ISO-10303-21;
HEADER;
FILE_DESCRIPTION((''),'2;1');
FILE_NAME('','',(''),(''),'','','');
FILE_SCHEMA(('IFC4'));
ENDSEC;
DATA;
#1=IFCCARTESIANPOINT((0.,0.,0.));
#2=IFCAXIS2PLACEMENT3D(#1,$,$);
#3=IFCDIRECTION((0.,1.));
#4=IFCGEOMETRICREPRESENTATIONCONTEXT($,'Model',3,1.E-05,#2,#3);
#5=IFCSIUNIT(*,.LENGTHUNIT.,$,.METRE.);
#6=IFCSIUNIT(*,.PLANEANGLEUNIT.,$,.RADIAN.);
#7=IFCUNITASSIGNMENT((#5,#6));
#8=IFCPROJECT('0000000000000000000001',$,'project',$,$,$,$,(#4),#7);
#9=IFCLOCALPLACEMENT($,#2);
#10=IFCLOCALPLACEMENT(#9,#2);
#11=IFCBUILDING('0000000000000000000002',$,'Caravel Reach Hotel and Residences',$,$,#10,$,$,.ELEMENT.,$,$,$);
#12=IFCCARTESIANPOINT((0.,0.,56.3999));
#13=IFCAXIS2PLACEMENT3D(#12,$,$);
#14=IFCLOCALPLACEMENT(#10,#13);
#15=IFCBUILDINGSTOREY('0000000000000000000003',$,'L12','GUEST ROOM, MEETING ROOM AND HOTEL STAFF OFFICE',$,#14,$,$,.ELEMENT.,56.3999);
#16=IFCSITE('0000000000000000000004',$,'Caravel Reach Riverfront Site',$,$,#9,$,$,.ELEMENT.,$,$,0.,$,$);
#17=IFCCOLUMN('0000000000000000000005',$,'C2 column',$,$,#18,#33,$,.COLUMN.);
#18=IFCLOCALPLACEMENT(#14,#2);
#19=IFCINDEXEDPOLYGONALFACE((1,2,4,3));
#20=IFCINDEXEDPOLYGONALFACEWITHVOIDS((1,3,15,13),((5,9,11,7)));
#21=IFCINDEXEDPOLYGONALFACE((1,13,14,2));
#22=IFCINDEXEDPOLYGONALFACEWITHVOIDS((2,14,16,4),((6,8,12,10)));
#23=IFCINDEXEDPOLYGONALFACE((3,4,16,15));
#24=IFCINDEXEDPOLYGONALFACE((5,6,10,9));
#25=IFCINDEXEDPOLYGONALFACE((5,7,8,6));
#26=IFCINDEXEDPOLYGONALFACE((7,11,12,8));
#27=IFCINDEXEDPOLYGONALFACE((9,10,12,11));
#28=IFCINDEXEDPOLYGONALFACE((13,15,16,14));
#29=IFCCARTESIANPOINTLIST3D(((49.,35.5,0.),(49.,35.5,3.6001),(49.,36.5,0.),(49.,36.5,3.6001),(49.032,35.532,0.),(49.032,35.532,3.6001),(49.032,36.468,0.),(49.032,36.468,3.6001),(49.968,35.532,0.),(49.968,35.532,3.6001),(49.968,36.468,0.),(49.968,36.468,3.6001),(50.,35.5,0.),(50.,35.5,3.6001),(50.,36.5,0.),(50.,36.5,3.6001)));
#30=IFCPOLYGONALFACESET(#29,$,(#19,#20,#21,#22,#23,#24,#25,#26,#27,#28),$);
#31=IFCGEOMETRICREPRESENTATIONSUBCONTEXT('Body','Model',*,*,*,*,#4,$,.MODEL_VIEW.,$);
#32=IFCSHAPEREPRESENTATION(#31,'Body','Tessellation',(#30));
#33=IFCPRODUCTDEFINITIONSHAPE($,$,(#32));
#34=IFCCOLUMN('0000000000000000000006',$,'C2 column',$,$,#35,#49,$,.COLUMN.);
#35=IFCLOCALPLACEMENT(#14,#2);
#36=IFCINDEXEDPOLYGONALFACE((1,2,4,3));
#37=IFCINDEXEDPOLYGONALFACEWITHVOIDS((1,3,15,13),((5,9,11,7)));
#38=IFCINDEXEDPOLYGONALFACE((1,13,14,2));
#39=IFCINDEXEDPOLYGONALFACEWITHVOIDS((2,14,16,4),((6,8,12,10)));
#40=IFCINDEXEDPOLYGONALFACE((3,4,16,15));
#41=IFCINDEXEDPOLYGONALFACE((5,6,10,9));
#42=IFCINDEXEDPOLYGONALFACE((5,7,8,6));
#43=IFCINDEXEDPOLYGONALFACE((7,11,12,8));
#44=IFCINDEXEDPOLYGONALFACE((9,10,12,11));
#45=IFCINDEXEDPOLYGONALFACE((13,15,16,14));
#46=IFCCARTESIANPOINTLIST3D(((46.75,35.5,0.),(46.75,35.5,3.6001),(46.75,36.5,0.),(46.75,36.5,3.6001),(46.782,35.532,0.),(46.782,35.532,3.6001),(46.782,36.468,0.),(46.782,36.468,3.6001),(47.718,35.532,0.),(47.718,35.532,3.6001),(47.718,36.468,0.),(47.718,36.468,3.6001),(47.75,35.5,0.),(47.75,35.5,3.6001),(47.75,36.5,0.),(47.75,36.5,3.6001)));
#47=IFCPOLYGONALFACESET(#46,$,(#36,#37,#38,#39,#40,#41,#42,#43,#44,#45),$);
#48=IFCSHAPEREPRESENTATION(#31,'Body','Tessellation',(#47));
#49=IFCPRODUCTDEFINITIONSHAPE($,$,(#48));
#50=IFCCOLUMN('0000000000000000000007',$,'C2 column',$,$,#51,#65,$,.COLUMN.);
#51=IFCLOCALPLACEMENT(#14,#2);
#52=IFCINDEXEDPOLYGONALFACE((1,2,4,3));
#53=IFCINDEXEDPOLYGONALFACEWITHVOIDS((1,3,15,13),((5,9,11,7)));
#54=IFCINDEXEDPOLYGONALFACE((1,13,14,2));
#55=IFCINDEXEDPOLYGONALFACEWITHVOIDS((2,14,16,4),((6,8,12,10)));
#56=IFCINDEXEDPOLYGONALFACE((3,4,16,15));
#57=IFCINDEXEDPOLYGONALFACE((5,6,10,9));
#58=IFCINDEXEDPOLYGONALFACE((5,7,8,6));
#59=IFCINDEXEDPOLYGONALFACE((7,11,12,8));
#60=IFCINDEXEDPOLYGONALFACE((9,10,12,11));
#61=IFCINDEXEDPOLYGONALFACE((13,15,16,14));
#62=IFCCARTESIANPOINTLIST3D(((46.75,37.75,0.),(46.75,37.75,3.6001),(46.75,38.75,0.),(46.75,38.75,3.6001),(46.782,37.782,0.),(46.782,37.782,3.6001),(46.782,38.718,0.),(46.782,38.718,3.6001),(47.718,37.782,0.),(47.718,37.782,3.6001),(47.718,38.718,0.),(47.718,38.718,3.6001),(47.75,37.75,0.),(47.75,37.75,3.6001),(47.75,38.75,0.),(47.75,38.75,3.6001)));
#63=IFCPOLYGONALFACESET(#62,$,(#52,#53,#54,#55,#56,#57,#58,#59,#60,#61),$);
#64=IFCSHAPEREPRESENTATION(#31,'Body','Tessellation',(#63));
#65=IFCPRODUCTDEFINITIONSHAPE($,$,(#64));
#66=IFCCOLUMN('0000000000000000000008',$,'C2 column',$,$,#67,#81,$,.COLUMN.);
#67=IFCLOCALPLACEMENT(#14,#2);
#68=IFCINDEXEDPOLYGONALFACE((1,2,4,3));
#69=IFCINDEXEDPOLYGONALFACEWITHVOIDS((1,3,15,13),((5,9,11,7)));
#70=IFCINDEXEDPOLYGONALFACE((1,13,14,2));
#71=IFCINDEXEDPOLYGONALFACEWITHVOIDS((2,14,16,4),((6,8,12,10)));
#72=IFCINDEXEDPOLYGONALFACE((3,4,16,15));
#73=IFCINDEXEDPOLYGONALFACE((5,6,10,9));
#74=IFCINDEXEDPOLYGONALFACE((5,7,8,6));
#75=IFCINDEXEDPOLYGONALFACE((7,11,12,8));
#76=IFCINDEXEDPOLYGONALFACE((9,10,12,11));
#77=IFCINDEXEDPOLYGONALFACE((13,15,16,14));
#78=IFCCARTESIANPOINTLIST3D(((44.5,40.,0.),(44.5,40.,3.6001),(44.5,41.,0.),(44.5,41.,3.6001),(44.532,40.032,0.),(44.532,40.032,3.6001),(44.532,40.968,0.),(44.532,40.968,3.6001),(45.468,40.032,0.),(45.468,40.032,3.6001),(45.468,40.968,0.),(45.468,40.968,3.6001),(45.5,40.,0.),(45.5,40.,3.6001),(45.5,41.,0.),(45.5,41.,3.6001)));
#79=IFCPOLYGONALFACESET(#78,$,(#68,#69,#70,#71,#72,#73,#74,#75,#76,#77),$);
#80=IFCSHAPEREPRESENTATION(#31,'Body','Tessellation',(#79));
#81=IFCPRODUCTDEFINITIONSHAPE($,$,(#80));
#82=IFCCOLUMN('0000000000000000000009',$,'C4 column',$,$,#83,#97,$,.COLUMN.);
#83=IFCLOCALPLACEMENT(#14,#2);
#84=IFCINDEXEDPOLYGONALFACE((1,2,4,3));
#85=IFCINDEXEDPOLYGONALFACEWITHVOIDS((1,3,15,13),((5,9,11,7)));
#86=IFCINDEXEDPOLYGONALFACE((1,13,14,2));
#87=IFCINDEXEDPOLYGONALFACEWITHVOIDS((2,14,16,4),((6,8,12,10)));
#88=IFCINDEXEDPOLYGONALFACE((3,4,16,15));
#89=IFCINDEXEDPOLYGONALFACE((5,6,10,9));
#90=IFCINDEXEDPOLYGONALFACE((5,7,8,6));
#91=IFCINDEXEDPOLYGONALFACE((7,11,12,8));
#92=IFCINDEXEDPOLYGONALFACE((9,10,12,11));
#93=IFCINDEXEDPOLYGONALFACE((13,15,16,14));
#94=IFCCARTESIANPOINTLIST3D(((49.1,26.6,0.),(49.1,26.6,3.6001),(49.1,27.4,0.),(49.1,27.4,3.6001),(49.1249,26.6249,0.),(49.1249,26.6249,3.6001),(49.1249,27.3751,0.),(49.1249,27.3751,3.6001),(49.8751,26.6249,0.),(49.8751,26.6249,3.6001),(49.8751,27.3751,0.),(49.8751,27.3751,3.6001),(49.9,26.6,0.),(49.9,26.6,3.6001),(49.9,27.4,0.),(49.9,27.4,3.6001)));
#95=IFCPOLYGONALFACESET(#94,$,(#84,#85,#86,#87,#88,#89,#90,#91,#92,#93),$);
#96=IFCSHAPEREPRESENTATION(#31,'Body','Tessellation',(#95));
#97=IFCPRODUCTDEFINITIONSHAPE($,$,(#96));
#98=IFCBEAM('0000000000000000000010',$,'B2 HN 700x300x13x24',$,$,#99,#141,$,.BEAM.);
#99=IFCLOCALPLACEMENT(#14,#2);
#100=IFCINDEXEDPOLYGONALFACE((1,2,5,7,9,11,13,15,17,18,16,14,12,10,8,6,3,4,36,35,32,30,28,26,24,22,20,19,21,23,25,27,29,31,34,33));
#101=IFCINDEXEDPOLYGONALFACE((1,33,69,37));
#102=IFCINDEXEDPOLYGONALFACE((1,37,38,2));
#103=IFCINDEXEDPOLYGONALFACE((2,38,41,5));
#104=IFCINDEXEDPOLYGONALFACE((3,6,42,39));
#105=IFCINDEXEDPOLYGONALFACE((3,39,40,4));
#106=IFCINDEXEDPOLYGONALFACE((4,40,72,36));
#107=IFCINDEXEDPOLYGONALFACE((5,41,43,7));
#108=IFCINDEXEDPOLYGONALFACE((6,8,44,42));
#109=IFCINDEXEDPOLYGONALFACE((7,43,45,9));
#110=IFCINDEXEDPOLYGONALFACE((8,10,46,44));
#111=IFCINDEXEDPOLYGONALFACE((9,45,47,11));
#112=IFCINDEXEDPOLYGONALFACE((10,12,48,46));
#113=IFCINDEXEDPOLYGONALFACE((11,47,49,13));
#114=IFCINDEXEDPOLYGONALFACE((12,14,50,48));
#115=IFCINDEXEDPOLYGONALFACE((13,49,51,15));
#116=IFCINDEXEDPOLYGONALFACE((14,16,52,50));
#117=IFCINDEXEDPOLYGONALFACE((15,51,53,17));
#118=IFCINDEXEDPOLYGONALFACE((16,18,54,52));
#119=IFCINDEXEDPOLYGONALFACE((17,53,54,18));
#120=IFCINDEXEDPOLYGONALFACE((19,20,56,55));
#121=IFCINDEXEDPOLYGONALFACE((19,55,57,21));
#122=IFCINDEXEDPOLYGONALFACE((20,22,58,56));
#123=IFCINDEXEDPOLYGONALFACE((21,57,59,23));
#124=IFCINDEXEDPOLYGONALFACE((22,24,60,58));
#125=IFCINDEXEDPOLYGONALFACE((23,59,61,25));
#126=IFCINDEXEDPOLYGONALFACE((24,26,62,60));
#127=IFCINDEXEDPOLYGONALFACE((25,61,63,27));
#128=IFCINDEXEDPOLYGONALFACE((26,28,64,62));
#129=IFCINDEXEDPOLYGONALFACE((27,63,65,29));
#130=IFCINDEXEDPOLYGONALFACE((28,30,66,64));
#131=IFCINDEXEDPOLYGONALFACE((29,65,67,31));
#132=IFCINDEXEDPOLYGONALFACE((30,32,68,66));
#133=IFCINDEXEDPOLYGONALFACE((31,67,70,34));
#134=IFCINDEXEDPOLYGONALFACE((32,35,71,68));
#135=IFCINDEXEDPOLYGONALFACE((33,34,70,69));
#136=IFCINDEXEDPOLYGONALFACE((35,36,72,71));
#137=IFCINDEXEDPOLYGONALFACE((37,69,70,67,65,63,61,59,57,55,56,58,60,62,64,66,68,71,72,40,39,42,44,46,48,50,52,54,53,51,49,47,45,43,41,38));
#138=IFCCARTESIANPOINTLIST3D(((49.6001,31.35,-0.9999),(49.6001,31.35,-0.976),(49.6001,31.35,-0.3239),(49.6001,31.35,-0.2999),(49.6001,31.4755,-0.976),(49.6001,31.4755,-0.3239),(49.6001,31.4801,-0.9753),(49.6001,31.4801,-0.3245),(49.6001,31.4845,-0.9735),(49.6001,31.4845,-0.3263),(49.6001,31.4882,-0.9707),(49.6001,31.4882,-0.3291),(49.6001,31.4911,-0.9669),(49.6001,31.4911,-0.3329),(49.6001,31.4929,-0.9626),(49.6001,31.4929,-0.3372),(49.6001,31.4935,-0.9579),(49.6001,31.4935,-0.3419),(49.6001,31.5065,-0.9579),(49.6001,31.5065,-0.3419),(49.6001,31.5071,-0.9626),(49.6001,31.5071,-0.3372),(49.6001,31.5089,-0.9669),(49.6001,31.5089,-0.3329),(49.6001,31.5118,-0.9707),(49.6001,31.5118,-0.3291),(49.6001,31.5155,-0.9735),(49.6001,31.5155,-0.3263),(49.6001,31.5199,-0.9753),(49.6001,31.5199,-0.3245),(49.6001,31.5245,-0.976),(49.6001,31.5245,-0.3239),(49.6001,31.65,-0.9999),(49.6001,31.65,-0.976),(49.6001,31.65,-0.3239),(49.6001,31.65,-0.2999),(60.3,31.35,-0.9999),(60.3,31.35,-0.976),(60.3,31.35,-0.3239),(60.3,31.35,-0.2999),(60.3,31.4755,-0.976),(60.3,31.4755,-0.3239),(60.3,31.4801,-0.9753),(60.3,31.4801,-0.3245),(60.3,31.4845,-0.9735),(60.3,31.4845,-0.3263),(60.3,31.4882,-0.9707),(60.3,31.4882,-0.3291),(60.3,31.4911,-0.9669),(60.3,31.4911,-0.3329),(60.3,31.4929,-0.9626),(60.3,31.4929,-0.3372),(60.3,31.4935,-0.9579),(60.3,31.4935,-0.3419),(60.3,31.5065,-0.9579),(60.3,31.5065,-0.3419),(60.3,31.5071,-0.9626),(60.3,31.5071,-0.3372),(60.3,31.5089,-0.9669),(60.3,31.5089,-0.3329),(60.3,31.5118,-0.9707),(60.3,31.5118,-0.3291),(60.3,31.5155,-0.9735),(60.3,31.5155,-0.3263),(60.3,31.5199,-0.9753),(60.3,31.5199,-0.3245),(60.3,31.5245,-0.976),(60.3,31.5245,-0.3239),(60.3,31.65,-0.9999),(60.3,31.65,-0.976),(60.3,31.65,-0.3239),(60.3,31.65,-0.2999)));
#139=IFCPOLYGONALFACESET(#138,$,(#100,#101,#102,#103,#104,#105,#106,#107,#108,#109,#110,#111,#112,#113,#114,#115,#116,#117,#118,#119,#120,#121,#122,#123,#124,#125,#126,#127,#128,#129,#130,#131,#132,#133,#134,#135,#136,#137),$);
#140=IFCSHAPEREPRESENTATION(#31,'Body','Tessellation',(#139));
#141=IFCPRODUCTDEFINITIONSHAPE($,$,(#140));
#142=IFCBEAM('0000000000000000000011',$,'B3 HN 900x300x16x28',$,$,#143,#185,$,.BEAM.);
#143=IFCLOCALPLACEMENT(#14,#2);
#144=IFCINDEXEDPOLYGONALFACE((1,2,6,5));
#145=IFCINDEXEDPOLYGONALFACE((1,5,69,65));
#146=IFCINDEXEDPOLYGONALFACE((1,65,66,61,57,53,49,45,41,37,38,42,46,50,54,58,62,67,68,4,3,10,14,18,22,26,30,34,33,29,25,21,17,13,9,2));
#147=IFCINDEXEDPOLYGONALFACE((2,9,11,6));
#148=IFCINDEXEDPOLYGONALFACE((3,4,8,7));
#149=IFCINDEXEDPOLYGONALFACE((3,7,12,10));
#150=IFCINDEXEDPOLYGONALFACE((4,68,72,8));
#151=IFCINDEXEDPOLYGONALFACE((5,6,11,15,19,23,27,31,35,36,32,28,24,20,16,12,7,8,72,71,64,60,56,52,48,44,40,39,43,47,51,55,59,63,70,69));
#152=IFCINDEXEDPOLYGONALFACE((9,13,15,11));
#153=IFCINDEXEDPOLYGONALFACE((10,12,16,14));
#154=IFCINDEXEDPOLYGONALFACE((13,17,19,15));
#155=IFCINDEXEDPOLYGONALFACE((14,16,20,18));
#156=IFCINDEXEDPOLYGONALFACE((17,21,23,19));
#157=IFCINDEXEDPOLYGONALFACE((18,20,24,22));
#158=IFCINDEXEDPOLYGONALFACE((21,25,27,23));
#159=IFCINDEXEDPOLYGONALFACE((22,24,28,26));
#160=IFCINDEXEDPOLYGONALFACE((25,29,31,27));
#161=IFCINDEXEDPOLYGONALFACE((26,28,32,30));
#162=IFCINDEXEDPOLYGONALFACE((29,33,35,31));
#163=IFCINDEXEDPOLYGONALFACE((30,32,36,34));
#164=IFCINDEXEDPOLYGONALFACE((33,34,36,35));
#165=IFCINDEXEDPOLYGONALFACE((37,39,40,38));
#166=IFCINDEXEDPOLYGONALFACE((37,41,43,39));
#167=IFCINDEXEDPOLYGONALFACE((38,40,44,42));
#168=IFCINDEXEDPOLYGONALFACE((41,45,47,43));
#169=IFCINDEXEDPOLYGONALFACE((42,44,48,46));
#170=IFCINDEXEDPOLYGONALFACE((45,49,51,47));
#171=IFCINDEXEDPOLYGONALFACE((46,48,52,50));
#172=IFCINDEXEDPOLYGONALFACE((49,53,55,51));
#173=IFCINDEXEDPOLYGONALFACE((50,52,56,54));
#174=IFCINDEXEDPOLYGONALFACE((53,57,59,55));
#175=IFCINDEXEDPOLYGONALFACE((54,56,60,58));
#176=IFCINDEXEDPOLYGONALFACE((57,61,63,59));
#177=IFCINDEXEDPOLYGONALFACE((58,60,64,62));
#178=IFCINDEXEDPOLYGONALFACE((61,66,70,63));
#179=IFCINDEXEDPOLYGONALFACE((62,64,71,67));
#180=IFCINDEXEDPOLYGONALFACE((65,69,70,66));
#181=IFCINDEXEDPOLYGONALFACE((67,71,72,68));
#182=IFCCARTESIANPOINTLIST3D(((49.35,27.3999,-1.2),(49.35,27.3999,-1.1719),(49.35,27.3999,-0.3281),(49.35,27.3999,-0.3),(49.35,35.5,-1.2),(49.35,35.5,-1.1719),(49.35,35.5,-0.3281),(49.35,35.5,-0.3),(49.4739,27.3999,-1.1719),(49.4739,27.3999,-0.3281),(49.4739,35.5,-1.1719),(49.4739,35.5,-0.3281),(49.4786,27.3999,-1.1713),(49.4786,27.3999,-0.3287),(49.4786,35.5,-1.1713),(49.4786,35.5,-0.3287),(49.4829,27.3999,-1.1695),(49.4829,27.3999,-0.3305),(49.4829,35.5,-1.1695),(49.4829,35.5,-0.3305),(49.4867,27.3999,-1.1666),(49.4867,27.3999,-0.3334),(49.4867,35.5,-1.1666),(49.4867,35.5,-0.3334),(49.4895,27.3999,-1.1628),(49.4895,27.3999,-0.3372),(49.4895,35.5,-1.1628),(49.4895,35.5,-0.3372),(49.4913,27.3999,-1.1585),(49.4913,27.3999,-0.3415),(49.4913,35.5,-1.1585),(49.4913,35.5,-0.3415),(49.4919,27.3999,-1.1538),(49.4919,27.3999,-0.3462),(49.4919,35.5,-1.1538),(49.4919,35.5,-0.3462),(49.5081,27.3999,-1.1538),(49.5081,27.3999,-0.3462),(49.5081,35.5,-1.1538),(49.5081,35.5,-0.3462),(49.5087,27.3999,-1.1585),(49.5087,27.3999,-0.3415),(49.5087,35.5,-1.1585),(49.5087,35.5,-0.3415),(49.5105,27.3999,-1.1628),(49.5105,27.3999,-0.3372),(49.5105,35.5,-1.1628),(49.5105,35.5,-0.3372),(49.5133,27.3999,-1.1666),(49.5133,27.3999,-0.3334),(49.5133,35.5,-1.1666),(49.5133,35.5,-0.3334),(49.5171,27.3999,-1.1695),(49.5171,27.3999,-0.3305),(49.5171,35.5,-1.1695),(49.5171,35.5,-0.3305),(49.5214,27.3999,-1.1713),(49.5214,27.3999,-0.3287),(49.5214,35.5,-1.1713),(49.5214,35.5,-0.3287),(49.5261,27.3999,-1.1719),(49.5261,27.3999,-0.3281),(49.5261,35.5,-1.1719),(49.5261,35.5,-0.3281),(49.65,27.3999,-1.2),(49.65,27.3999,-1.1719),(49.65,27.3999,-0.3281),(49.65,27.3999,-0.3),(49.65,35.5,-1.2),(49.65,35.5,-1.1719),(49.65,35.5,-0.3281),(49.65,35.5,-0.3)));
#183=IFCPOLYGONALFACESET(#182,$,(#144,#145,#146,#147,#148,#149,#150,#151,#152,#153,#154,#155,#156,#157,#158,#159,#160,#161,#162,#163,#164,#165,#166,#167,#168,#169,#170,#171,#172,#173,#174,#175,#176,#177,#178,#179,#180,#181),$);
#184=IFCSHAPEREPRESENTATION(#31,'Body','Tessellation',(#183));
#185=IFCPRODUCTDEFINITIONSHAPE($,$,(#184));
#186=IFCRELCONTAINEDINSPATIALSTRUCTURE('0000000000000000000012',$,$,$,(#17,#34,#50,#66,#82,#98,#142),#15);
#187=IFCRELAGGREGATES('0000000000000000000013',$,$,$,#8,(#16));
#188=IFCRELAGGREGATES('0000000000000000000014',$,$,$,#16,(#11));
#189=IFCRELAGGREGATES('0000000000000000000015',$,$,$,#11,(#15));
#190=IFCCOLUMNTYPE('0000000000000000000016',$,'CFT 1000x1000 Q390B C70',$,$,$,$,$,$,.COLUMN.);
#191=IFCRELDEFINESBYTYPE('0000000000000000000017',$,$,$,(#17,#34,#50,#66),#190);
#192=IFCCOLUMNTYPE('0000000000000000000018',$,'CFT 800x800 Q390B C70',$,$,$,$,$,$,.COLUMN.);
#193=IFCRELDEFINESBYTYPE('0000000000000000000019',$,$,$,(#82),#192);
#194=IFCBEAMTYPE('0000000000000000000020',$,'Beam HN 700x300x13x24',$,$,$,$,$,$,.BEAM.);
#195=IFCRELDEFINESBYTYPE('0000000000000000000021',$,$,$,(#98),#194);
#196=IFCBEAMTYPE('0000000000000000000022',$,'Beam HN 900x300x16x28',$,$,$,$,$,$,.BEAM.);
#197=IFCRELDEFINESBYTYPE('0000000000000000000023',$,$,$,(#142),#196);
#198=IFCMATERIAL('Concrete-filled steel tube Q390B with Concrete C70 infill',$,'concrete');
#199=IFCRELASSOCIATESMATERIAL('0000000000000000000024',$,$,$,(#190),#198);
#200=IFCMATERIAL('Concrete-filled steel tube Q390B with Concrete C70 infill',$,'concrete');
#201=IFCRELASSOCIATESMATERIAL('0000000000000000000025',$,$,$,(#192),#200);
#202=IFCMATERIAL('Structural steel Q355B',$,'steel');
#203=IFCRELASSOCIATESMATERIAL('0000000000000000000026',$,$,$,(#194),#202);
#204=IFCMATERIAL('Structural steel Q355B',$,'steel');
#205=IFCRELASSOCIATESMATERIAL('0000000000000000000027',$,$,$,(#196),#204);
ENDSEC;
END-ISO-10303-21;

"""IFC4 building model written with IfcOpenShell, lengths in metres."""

from ifc_helpers import new_model, si_unit, direction, frame, origin, origin_2d, place, context, subcontext, project, spatial, hollow_rectangle, i_section, extrude, material, material_profile, profile_set, type_object, element, save


model = new_model("IFC4")

# Units and contexts
model_context = context("Model", 3, precision=1e-05, world=origin(), true_north=direction((0.0, 1.0)))
body_context = subcontext(model_context, "Body", "Model", "MODEL_VIEW")
ifc_project = project(units=[si_unit("LENGTHUNIT", "METRE"), si_unit("PLANEANGLEUNIT", "RADIAN")], contexts=[model_context])

# Site, building, storey
site_placement = place(None, origin())
site = spatial("IfcSite", under=ifc_project, at=site_placement, Name="Caravel Reach Riverfront Site", CompositionType="ELEMENT", RefElevation=0.0)
building_placement = place(site_placement, origin())
building = spatial("IfcBuilding", under=site, at=building_placement, Name="Caravel Reach Hotel and Residences", CompositionType="ELEMENT")
storey_placement = place(building_placement, frame((0.0, 0.0, 56.3999)))
storey = spatial("IfcBuildingStorey", under=building, at=storey_placement, Name="L12", Description="GUEST ROOM, MEETING ROOM AND HOTEL STAFF OFFICE", CompositionType="ELEMENT", Elevation=56.3999)

# Columns
ifc_material_1 = material(Name="Concrete-filled steel tube Q390B with Concrete C70 infill", Category="concrete")
ifc_material_profile_1 = material_profile(ifc_material_1, hollow_rectangle(XDim=1.0, YDim=1.0, WallThickness=0.032, at=origin_2d()), Name="RHS 1000x1000x32")
ifc_profile_set_1 = profile_set([ifc_material_profile_1], Name="Concrete-filled steel tube Q390B with Concrete C70 infill")
column_type_1 = type_object("IfcColumnType", Name="CFT 1000x1000 Q390B C70", PredefinedType="COLUMN", material=ifc_profile_set_1)
for number, where, z_axis, x_axis, name in (
    (1, (49.5, 36.0, 0.0), (0.0, 0.0, 1.0), (1.0, 0.0, 0.0), "C2 column"),
    (2, (47.25, 36.0, 0.0), (0.0, 0.0, 1.0), (1.0, 0.0, 0.0), "C2 column"),
    (3, (47.25, 38.25, 0.0), (0.0, 0.0, 1.0), (1.0, 0.0, 0.0), "C2 column"),
    (4, (45.0, 40.5, 0.0), (0.0, 0.0, 1.0), (1.0, 0.0, 0.0), "C2 column"),
):
    element("IfcColumn", number, at=place(storey_placement, frame(where, z_axis=z_axis, x_axis=x_axis)), inside=storey, type_object=column_type_1, Name=name, PredefinedType="COLUMN", context=body_context, shape_type="SweptSolid", body=[
        extrude(hollow_rectangle(XDim=1.0, YDim=1.0, WallThickness=0.032, at=origin_2d()), origin(), (0.0, 0.0, 1.0), 3.6001),
    ])
ifc_material_2 = material(Name="Concrete-filled steel tube Q390B with Concrete C70 infill", Category="concrete")
ifc_material_profile_2 = material_profile(ifc_material_2, hollow_rectangle(XDim=0.8, YDim=0.8, WallThickness=0.0249, at=origin_2d()), Name="RHS 800x800x25")
ifc_profile_set_2 = profile_set([ifc_material_profile_2], Name="Concrete-filled steel tube Q390B with Concrete C70 infill")
column_type_2 = type_object("IfcColumnType", Name="CFT 800x800 Q390B C70", PredefinedType="COLUMN", material=ifc_profile_set_2)
column_placement = place(storey_placement, frame((49.5, 27.0, 0.0), z_axis=(0.0, 0.0, 1.0), x_axis=(1.0, 0.0, 0.0)))
element("IfcColumn", 5, at=column_placement, inside=storey, type_object=column_type_2, Name="C4 column", PredefinedType="COLUMN", context=body_context, shape_type="SweptSolid", body=[
    extrude(hollow_rectangle(XDim=0.8, YDim=0.8, WallThickness=0.0249, at=origin_2d()), origin(), (0.0, 0.0, 1.0), 3.6001),
])

# Beams
ifc_material_3 = material(Name="Structural steel Q355B", Category="steel")
ifc_material_profile_3 = material_profile(ifc_material_3, i_section(OverallWidth=0.3, OverallDepth=0.7, WebThickness=0.0129, FlangeThickness=0.0239, FilletRadius=0.0181, at=origin_2d()), Name="HN 700x300x13x24")
ifc_profile_set_3 = profile_set([ifc_material_profile_3], Name="Structural steel Q355B")
beam_type_1 = type_object("IfcBeamType", Name="Beam HN 700x300x13x24", PredefinedType="BEAM", material=ifc_profile_set_3)
beam_1_placement = place(storey_placement, frame((49.6001, 31.5, -0.6499), z_axis=(1.0, 0.0, 0.0), x_axis=(0.0, 1.0, 0.0)))
element("IfcBeam", 6, at=beam_1_placement, inside=storey, type_object=beam_type_1, Name="B2 HN 700x300x13x24", PredefinedType="BEAM", context=body_context, shape_type="SweptSolid", body=[
    extrude(i_section(OverallWidth=0.3, OverallDepth=0.7, WebThickness=0.0129, FlangeThickness=0.0239, FilletRadius=0.0181, at=origin_2d()), origin(), (0.0, 0.0, 1.0), 10.7),
])
ifc_material_4 = material(Name="Structural steel Q355B", Category="steel")
ifc_material_profile_4 = material_profile(ifc_material_4, i_section(OverallWidth=0.3, OverallDepth=0.8999, WebThickness=0.0161, FlangeThickness=0.0281, FilletRadius=0.0181, at=origin_2d()), Name="HN 900x300x16x28")
ifc_profile_set_4 = profile_set([ifc_material_profile_4], Name="Structural steel Q355B")
beam_type_2 = type_object("IfcBeamType", Name="Beam HN 900x300x16x28", PredefinedType="BEAM", material=ifc_profile_set_4)
beam_2_placement = place(storey_placement, frame((49.5, 27.3999, -0.75), z_axis=(0.0, 1.0, 0.0), x_axis=(-1.0, 0.0, 0.0)))
element("IfcBeam", 7, at=beam_2_placement, inside=storey, type_object=beam_type_2, Name="B3 HN 900x300x16x28", PredefinedType="BEAM", context=body_context, shape_type="SweptSolid", body=[
    extrude(i_section(OverallWidth=0.3, OverallDepth=0.8999, WebThickness=0.0161, FlangeThickness=0.0281, FilletRadius=0.0181, at=origin_2d()), origin(), (0.0, 0.0, 1.0), 8.1001),
])

save(model, "model.ifc")
